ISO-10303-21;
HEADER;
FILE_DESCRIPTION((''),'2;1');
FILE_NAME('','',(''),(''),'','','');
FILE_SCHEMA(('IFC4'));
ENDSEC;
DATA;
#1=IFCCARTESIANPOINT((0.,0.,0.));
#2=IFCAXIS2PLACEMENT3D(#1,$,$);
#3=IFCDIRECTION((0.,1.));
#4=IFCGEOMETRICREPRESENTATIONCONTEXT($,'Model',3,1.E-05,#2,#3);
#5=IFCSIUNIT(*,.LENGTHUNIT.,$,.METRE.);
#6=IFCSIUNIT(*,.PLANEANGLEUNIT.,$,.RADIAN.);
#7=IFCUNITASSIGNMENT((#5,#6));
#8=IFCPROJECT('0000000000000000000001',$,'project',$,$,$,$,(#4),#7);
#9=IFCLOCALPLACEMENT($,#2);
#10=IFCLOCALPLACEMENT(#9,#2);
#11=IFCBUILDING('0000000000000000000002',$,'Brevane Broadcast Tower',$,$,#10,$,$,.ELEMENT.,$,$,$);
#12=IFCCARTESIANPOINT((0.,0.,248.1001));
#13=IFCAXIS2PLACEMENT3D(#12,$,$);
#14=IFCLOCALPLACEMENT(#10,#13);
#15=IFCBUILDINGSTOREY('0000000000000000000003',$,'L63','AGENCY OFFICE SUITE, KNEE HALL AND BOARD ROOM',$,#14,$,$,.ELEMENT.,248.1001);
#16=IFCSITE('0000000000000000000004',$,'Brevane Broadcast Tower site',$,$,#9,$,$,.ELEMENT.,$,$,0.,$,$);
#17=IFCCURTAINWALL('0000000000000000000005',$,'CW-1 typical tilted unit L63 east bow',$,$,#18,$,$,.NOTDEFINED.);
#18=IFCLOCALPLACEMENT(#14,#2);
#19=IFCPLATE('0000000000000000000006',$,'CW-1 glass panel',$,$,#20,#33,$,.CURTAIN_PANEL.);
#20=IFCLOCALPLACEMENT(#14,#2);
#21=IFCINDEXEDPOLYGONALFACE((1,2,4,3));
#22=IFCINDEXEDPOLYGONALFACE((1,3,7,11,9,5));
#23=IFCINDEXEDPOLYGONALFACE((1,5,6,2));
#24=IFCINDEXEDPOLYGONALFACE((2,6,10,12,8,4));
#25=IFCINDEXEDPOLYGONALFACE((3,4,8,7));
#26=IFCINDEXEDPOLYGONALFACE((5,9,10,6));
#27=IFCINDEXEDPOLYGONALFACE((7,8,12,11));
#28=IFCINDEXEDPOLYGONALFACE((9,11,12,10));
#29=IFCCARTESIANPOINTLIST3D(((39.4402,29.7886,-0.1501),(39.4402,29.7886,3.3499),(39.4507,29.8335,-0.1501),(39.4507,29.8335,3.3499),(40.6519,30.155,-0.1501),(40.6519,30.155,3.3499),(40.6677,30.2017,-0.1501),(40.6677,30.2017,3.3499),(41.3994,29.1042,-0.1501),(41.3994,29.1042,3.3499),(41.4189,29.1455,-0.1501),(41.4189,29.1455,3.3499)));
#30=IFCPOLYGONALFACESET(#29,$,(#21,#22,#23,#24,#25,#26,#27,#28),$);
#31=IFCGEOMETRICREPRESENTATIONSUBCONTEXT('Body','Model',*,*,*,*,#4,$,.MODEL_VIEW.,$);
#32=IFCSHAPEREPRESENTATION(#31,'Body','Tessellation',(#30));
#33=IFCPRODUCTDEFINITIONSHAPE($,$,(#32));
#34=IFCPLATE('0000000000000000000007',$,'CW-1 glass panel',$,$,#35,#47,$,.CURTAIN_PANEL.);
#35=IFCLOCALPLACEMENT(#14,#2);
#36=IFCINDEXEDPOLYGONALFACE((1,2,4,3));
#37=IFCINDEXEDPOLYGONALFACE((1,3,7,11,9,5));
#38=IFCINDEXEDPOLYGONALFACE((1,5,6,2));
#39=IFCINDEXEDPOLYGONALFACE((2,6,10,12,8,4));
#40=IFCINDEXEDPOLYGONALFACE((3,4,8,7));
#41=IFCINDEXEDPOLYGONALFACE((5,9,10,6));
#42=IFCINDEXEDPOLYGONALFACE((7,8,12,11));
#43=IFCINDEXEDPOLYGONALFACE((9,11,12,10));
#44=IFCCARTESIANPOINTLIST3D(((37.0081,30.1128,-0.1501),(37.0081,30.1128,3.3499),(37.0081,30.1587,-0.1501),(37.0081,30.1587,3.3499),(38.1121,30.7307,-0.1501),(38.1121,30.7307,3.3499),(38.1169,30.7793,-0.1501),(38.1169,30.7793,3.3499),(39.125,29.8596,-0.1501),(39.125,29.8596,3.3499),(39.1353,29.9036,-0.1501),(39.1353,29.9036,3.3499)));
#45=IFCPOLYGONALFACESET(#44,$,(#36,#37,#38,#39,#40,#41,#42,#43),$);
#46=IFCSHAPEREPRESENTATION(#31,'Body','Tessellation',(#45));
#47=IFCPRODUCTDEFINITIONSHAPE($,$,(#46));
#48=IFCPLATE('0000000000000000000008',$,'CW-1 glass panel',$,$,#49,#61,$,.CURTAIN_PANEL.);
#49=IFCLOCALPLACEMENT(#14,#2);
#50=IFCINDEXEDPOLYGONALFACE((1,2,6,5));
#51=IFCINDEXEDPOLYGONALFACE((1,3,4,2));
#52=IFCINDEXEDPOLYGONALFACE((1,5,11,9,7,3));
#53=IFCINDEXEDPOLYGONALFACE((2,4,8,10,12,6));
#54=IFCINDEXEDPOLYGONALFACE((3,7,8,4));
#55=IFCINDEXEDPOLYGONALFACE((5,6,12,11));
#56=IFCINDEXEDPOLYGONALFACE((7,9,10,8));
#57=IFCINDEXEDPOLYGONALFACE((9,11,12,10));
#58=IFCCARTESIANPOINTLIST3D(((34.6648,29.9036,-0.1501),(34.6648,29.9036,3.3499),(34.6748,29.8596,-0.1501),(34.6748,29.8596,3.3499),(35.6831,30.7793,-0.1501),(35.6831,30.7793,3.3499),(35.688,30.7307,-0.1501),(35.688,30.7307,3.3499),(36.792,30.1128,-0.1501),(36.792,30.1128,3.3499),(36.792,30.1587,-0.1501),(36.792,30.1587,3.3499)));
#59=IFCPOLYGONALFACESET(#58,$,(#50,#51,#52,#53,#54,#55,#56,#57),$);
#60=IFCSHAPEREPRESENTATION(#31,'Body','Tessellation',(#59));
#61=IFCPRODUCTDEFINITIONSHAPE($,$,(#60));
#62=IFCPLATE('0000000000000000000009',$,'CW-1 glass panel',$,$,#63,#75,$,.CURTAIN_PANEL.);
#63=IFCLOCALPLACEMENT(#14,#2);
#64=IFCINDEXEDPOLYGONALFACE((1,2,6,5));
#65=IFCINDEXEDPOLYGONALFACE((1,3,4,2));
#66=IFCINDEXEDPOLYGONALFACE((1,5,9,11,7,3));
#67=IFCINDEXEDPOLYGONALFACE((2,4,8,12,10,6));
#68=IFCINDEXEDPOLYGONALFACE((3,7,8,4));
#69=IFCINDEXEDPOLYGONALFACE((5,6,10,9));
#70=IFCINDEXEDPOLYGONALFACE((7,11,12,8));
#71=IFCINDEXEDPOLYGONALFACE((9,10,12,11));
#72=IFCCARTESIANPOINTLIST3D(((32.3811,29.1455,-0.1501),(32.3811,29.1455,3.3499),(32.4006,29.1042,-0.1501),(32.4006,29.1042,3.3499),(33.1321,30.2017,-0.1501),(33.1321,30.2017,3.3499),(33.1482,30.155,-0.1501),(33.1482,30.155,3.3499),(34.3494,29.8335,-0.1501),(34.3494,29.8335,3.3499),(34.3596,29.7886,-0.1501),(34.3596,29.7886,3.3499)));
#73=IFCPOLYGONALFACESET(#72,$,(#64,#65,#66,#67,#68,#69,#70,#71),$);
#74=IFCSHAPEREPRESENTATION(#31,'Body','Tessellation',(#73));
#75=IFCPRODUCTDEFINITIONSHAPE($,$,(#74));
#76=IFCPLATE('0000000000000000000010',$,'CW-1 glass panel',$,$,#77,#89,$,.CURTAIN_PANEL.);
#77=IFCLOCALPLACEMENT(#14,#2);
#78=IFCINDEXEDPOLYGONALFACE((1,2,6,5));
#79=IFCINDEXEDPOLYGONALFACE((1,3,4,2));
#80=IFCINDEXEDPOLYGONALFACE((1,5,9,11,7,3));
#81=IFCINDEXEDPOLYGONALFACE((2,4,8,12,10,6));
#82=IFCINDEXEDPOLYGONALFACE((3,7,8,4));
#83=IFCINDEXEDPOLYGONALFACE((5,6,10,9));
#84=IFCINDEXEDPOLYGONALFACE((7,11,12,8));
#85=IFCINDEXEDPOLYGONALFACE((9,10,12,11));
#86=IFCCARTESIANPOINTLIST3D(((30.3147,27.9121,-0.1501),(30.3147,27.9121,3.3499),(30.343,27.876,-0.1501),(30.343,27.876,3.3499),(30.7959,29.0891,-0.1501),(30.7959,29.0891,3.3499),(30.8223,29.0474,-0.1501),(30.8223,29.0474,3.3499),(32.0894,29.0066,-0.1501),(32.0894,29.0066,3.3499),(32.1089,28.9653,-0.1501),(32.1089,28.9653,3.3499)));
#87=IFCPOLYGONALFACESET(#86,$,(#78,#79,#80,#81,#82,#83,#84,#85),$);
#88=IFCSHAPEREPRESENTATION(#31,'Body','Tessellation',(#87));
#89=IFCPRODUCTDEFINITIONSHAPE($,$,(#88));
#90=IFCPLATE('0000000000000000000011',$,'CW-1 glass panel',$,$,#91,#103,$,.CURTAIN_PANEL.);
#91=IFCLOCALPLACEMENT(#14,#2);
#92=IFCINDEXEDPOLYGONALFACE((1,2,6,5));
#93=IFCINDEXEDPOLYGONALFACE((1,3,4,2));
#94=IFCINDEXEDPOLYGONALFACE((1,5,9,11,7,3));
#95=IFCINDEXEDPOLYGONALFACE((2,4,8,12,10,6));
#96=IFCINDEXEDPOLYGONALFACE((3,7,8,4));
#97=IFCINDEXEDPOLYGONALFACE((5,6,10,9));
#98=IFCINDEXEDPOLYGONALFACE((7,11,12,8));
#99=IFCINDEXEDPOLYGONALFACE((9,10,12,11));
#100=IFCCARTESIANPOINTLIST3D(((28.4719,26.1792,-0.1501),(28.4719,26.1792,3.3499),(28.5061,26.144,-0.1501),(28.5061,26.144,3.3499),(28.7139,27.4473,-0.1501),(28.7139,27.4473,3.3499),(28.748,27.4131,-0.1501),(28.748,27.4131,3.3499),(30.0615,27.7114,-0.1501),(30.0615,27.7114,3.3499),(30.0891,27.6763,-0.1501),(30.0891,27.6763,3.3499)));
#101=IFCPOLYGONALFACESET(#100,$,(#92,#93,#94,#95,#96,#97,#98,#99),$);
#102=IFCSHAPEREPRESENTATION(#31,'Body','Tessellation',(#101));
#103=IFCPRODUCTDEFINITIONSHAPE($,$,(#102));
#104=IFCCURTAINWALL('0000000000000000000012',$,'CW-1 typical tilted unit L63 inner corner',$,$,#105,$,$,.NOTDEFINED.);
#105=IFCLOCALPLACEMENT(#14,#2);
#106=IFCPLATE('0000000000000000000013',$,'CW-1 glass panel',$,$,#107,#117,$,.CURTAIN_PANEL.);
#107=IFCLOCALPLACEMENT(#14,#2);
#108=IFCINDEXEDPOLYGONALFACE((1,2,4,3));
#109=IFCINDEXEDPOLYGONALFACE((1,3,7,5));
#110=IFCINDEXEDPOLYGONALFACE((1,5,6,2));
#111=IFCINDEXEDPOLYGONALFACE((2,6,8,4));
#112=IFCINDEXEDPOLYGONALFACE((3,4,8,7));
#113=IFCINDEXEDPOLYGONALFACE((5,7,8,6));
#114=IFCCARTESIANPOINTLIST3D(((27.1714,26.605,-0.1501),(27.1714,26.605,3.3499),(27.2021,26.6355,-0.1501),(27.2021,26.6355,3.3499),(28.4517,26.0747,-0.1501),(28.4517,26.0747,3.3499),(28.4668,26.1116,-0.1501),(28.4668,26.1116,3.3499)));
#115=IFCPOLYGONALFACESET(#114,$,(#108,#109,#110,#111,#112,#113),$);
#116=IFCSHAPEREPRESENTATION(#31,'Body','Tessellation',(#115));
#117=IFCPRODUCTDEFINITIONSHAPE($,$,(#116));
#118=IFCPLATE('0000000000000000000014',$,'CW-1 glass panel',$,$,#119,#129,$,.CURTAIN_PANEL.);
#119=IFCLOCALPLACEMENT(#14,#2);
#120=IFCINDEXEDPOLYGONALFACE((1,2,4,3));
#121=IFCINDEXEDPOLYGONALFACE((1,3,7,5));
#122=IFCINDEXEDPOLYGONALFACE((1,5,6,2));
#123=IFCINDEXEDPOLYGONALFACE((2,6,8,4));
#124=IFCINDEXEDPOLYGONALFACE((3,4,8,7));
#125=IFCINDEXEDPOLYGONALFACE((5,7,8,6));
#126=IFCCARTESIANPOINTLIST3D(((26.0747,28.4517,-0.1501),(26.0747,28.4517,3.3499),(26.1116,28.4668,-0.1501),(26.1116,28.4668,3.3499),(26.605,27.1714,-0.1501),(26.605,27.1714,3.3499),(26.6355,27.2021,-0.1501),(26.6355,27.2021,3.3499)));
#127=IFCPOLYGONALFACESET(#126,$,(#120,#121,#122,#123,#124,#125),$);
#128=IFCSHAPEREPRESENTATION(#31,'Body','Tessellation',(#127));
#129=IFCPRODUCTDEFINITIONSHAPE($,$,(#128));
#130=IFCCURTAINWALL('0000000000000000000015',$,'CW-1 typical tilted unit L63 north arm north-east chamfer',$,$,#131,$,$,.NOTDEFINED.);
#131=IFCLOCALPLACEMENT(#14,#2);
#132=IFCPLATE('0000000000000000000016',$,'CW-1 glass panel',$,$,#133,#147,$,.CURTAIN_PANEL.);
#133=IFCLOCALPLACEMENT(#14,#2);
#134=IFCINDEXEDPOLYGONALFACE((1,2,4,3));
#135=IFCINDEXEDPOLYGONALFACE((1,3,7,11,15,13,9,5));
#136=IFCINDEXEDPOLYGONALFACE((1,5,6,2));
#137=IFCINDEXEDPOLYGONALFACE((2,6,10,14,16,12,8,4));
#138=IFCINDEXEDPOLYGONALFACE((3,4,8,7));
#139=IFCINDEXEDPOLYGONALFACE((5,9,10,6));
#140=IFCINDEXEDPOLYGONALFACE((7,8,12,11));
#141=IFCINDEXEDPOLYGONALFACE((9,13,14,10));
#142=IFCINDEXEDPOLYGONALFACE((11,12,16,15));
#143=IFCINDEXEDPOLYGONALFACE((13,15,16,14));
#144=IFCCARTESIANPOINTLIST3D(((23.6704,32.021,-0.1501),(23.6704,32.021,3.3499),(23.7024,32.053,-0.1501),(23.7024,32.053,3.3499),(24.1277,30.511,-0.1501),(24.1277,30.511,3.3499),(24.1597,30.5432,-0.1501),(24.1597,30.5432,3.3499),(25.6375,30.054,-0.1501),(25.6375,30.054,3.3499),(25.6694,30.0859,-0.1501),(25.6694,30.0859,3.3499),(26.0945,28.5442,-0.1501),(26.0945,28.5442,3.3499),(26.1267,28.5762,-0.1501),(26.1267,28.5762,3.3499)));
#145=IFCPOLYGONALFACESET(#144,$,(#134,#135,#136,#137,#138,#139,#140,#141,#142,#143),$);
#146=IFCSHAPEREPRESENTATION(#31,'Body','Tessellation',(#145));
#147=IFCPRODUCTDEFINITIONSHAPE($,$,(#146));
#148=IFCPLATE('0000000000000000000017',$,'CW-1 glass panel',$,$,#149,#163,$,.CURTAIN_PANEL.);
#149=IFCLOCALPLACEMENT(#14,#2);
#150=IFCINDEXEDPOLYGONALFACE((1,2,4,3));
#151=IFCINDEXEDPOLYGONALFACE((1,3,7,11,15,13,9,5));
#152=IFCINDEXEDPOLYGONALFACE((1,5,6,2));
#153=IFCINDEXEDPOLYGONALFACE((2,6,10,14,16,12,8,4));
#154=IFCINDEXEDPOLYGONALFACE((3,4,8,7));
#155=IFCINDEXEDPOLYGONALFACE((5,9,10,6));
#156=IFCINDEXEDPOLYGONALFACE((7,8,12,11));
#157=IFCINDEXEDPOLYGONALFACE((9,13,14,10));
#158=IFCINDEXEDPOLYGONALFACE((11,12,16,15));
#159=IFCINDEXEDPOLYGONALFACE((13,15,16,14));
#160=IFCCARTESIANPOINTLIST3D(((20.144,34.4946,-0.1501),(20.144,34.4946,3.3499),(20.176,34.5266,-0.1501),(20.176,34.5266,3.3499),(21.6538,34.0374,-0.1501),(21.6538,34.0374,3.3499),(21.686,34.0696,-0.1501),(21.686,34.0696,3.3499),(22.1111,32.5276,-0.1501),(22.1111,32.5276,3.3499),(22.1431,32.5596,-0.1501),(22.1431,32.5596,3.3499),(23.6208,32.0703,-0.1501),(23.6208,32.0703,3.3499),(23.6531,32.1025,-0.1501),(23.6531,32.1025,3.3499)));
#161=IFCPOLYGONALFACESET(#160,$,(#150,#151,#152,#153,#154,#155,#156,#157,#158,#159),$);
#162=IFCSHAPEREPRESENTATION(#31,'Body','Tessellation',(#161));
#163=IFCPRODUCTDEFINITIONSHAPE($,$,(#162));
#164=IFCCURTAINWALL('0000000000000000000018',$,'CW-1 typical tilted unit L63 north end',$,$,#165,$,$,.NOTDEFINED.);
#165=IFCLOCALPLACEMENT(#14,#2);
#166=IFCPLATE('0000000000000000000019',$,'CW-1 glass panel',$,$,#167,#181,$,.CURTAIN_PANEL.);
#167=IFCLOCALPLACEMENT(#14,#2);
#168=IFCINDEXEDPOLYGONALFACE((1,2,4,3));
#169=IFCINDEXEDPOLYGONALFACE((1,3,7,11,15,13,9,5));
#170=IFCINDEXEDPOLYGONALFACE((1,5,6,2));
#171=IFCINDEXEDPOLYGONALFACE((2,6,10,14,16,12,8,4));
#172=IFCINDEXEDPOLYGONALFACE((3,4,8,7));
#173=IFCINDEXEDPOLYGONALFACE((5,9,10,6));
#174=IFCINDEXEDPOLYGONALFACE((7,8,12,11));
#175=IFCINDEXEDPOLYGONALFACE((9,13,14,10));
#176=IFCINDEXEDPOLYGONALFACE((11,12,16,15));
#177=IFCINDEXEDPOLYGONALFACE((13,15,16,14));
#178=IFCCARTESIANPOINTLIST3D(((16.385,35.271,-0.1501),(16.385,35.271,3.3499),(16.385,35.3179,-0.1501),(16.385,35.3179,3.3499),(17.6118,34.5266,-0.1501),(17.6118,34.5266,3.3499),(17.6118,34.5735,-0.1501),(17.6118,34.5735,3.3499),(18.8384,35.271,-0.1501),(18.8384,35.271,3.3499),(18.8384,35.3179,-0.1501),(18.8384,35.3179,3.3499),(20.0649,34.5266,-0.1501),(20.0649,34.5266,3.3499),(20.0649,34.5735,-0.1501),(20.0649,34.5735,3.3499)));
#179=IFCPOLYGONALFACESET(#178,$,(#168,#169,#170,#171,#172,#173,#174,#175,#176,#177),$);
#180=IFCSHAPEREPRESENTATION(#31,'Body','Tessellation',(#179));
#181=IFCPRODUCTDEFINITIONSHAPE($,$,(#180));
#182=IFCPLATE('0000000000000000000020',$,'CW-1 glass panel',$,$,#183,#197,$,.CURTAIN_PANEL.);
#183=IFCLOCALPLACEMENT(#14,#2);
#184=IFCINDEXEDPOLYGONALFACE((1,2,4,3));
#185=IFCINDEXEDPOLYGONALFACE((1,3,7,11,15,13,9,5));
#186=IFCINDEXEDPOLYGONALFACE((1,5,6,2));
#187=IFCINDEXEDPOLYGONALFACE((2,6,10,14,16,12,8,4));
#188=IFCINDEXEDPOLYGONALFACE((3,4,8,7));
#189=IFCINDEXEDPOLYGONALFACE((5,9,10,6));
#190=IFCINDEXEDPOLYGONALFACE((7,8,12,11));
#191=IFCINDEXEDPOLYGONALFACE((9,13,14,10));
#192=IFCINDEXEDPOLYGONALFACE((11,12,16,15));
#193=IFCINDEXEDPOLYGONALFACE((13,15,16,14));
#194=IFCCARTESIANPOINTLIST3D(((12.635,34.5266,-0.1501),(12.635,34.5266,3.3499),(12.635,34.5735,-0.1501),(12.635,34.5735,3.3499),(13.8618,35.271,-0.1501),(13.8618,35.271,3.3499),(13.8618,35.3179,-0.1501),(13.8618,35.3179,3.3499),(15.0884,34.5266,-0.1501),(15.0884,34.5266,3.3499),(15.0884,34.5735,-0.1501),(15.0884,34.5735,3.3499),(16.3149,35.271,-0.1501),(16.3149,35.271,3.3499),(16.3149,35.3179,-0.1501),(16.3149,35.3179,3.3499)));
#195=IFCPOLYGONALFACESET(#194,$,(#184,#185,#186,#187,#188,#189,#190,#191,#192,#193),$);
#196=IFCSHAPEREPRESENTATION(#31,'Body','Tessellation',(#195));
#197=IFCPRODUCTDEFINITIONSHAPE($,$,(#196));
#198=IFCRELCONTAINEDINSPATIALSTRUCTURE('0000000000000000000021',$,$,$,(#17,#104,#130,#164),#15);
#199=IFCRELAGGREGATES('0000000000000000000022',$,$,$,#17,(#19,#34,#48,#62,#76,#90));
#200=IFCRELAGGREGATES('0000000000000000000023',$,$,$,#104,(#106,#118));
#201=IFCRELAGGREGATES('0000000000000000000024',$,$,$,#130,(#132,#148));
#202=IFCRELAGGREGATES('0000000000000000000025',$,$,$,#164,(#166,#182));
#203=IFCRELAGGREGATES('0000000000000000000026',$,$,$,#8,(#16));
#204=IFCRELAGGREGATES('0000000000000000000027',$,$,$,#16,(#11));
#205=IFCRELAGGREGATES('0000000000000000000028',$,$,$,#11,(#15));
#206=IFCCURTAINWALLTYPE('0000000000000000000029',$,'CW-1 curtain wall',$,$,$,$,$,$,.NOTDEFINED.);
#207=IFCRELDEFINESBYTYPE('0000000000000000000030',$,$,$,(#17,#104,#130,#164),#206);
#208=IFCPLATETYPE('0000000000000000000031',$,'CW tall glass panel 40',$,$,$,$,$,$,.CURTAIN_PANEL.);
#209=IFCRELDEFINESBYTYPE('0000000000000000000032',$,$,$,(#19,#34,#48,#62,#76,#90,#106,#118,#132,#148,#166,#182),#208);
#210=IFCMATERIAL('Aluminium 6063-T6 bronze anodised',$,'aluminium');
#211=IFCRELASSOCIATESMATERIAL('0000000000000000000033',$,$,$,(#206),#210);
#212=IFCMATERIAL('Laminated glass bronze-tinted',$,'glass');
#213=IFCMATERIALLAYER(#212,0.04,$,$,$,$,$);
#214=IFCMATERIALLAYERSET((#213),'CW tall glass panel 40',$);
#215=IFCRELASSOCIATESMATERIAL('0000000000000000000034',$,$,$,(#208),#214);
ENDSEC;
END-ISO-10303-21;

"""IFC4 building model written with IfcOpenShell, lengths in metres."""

from ifc_helpers import new_model, si_unit, direction, frame, origin, place, context, subcontext, project, spatial, polyline, outline, extrude, material, layer, layer_set, type_object, element, aggregate, save


model = new_model("IFC4")

# Units and contexts
model_context = context("Model", 3, precision=1e-05, world=origin(), true_north=direction((0.0, 1.0)))
body_context = subcontext(model_context, "Body", "Model", "MODEL_VIEW")
ifc_project = project(units=[si_unit("LENGTHUNIT", "METRE"), si_unit("PLANEANGLEUNIT", "RADIAN")], contexts=[model_context])

# Site, building, storey
site_placement = place(None, origin())
site = spatial("IfcSite", under=ifc_project, at=site_placement, Name="Brevane Broadcast Tower site", CompositionType="ELEMENT", RefElevation=0.0)
building_placement = place(site_placement, origin())
building = spatial("IfcBuilding", under=site, at=building_placement, Name="Brevane Broadcast Tower", CompositionType="ELEMENT")
storey_placement = place(building_placement, frame((0.0, 0.0, 248.1001)))
storey = spatial("IfcBuildingStorey", under=building, at=storey_placement, Name="L63", Description="AGENCY OFFICE SUITE, KNEE HALL AND BOARD ROOM", CompositionType="ELEMENT", Elevation=248.1001)

# Curtain walls, plates
ifc_material_1 = material(Name="Aluminium 6063-T6 bronze anodised", Category="aluminium")
curtain_wall_type = type_object("IfcCurtainWallType", Name="CW-1 curtain wall", PredefinedType="NOTDEFINED", material=ifc_material_1)
ifc_material_2 = material(Name="Laminated glass bronze-tinted", Category="glass")
ifc_layer = layer(ifc_material_2, 0.04)
ifc_layer_set = layer_set([ifc_layer], Name="CW tall glass panel 40")
plate_type = type_object("IfcPlateType", Name="CW tall glass panel 40", PredefinedType="CURTAIN_PANEL", material=ifc_layer_set)
curtain_wall_1_placement = place(storey_placement, origin())
curtain_wall_1 = element("IfcCurtainWall", 1, at=curtain_wall_1_placement, inside=storey, type_object=curtain_wall_type, Name="CW-1 typical tilted unit L63 east bow", PredefinedType="NOTDEFINED")
plate_1_placement = place(storey_placement, frame((0.0, 0.0, -0.1501)))
plate_1 = element("IfcPlate", 2, at=plate_1_placement, type_object=plate_type, Name="CW-1 glass panel", PredefinedType="CURTAIN_PANEL", context=body_context, shape_type="SweptSolid", body=[
    extrude(outline(polyline([(41.3994, 29.1042), (41.4189, 29.1455), (40.6677, 30.2017), (39.4507, 29.8335), (39.4402, 29.7886), (40.6519, 30.155), (41.3994, 29.1042)])), origin(), (0.0, 0.0, 1.0), 3.5),
])
plate_2_placement = place(storey_placement, frame((0.0, 0.0, -0.1501)))
plate_2 = element("IfcPlate", 3, at=plate_2_placement, type_object=plate_type, Name="CW-1 glass panel", PredefinedType="CURTAIN_PANEL", context=body_context, shape_type="SweptSolid", body=[
    extrude(outline(polyline([(39.125, 29.8596), (39.1353, 29.9036), (38.1169, 30.7793), (37.0081, 30.1587), (37.0081, 30.1128), (38.1121, 30.7307), (39.125, 29.8596)])), origin(), (0.0, 0.0, 1.0), 3.5),
])
plate_3_placement = place(storey_placement, frame((0.0, 0.0, -0.1501)))
plate_3 = element("IfcPlate", 4, at=plate_3_placement, type_object=plate_type, Name="CW-1 glass panel", PredefinedType="CURTAIN_PANEL", context=body_context, shape_type="SweptSolid", body=[
    extrude(outline(polyline([(36.792, 30.1128), (36.792, 30.1587), (35.6831, 30.7793), (34.6648, 29.9036), (34.6748, 29.8596), (35.688, 30.7307), (36.792, 30.1128)])), origin(), (0.0, 0.0, 1.0), 3.5),
])
plate_4_placement = place(storey_placement, frame((0.0, 0.0, -0.1501)))
plate_4 = element("IfcPlate", 5, at=plate_4_placement, type_object=plate_type, Name="CW-1 glass panel", PredefinedType="CURTAIN_PANEL", context=body_context, shape_type="SweptSolid", body=[
    extrude(outline(polyline([(34.3596, 29.7886), (34.3494, 29.8335), (33.1321, 30.2017), (32.3811, 29.1455), (32.4006, 29.1042), (33.1482, 30.155), (34.3596, 29.7886)])), origin(), (0.0, 0.0, 1.0), 3.5),
])
plate_5_placement = place(storey_placement, frame((0.0, 0.0, -0.1501)))
plate_5 = element("IfcPlate", 6, at=plate_5_placement, type_object=plate_type, Name="CW-1 glass panel", PredefinedType="CURTAIN_PANEL", context=body_context, shape_type="SweptSolid", body=[
    extrude(outline(polyline([(32.1089, 28.9653), (32.0894, 29.0066), (30.7959, 29.0891), (30.3147, 27.9121), (30.343, 27.876), (30.8223, 29.0474), (32.1089, 28.9653)])), origin(), (0.0, 0.0, 1.0), 3.5),
])
plate_6_placement = place(storey_placement, frame((0.0, 0.0, -0.1501)))
plate_6 = element("IfcPlate", 7, at=plate_6_placement, type_object=plate_type, Name="CW-1 glass panel", PredefinedType="CURTAIN_PANEL", context=body_context, shape_type="SweptSolid", body=[
    extrude(outline(polyline([(30.0891, 27.6763), (30.0615, 27.7114), (28.7139, 27.4473), (28.4719, 26.1792), (28.5061, 26.144), (28.748, 27.4131), (30.0891, 27.6763)])), origin(), (0.0, 0.0, 1.0), 3.5),
])
aggregate(curtain_wall_1, [plate_1, plate_2, plate_3, plate_4, plate_5, plate_6])
curtain_wall_2_placement = place(storey_placement, origin())
curtain_wall_2 = element("IfcCurtainWall", 8, at=curtain_wall_2_placement, inside=storey, type_object=curtain_wall_type, Name="CW-1 typical tilted unit L63 inner corner", PredefinedType="NOTDEFINED")
plate_7_placement = place(storey_placement, frame((0.0, 0.0, -0.1501)))
plate_7 = element("IfcPlate", 9, at=plate_7_placement, type_object=plate_type, Name="CW-1 glass panel", PredefinedType="CURTAIN_PANEL", context=body_context, shape_type="SweptSolid", body=[
    extrude(outline(polyline([(28.4517, 26.0747), (28.4668, 26.1116), (27.2021, 26.6355), (27.1714, 26.605), (28.4517, 26.0747)])), origin(), (0.0, 0.0, 1.0), 3.5),
])
plate_8_placement = place(storey_placement, frame((0.0, 0.0, -0.1501)))
plate_8 = element("IfcPlate", 10, at=plate_8_placement, type_object=plate_type, Name="CW-1 glass panel", PredefinedType="CURTAIN_PANEL", context=body_context, shape_type="SweptSolid", body=[
    extrude(outline(polyline([(26.605, 27.1714), (26.6355, 27.2021), (26.1116, 28.4668), (26.0747, 28.4517), (26.605, 27.1714)])), origin(), (0.0, 0.0, 1.0), 3.5),
])
aggregate(curtain_wall_2, [plate_7, plate_8])
curtain_wall_3_placement = place(storey_placement, origin())
curtain_wall_3 = element("IfcCurtainWall", 11, at=curtain_wall_3_placement, inside=storey, type_object=curtain_wall_type, Name="CW-1 typical tilted unit L63 north arm north-east chamfer", PredefinedType="NOTDEFINED")
plate_9_placement = place(storey_placement, frame((0.0, 0.0, -0.1501)))
plate_9 = element("IfcPlate", 12, at=plate_9_placement, type_object=plate_type, Name="CW-1 glass panel", PredefinedType="CURTAIN_PANEL", context=body_context, shape_type="SweptSolid", body=[
    extrude(outline(polyline([(26.0945, 28.5442), (26.1267, 28.5762), (25.6694, 30.0859), (24.1597, 30.5432), (23.7024, 32.053), (23.6704, 32.021), (24.1277, 30.511), (25.6375, 30.054), (26.0945, 28.5442)])), origin(), (0.0, 0.0, 1.0), 3.5),
])
plate_10_placement = place(storey_placement, frame((0.0, 0.0, -0.1501)))
plate_10 = element("IfcPlate", 13, at=plate_10_placement, type_object=plate_type, Name="CW-1 glass panel", PredefinedType="CURTAIN_PANEL", context=body_context, shape_type="SweptSolid", body=[
    extrude(outline(polyline([(23.6208, 32.0703), (23.6531, 32.1025), (22.1431, 32.5596), (21.686, 34.0696), (20.176, 34.5266), (20.144, 34.4946), (21.6538, 34.0374), (22.1111, 32.5276), (23.6208, 32.0703)])), origin(), (0.0, 0.0, 1.0), 3.5),
])
aggregate(curtain_wall_3, [plate_9, plate_10])
curtain_wall_4_placement = place(storey_placement, origin())
curtain_wall_4 = element("IfcCurtainWall", 14, at=curtain_wall_4_placement, inside=storey, type_object=curtain_wall_type, Name="CW-1 typical tilted unit L63 north end", PredefinedType="NOTDEFINED")
plate_11_placement = place(storey_placement, frame((0.0, 0.0, -0.1501)))
plate_11 = element("IfcPlate", 15, at=plate_11_placement, type_object=plate_type, Name="CW-1 glass panel", PredefinedType="CURTAIN_PANEL", context=body_context, shape_type="SweptSolid", body=[
    extrude(outline(polyline([(20.0649, 34.5266), (20.0649, 34.5735), (18.8384, 35.3179), (17.6118, 34.5735), (16.385, 35.3179), (16.385, 35.271), (17.6118, 34.5266), (18.8384, 35.271), (20.0649, 34.5266)])), origin(), (0.0, 0.0, 1.0), 3.5),
])
plate_12_placement = place(storey_placement, frame((0.0, 0.0, -0.1501)))
plate_12 = element("IfcPlate", 16, at=plate_12_placement, type_object=plate_type, Name="CW-1 glass panel", PredefinedType="CURTAIN_PANEL", context=body_context, shape_type="SweptSolid", body=[
    extrude(outline(polyline([(16.3149, 35.271), (16.3149, 35.3179), (15.0884, 34.5735), (13.8618, 35.3179), (12.635, 34.5735), (12.635, 34.5266), (13.8618, 35.271), (15.0884, 34.5266), (16.3149, 35.271)])), origin(), (0.0, 0.0, 1.0), 3.5),
])
aggregate(curtain_wall_4, [plate_11, plate_12])

save(model, "model.ifc")
